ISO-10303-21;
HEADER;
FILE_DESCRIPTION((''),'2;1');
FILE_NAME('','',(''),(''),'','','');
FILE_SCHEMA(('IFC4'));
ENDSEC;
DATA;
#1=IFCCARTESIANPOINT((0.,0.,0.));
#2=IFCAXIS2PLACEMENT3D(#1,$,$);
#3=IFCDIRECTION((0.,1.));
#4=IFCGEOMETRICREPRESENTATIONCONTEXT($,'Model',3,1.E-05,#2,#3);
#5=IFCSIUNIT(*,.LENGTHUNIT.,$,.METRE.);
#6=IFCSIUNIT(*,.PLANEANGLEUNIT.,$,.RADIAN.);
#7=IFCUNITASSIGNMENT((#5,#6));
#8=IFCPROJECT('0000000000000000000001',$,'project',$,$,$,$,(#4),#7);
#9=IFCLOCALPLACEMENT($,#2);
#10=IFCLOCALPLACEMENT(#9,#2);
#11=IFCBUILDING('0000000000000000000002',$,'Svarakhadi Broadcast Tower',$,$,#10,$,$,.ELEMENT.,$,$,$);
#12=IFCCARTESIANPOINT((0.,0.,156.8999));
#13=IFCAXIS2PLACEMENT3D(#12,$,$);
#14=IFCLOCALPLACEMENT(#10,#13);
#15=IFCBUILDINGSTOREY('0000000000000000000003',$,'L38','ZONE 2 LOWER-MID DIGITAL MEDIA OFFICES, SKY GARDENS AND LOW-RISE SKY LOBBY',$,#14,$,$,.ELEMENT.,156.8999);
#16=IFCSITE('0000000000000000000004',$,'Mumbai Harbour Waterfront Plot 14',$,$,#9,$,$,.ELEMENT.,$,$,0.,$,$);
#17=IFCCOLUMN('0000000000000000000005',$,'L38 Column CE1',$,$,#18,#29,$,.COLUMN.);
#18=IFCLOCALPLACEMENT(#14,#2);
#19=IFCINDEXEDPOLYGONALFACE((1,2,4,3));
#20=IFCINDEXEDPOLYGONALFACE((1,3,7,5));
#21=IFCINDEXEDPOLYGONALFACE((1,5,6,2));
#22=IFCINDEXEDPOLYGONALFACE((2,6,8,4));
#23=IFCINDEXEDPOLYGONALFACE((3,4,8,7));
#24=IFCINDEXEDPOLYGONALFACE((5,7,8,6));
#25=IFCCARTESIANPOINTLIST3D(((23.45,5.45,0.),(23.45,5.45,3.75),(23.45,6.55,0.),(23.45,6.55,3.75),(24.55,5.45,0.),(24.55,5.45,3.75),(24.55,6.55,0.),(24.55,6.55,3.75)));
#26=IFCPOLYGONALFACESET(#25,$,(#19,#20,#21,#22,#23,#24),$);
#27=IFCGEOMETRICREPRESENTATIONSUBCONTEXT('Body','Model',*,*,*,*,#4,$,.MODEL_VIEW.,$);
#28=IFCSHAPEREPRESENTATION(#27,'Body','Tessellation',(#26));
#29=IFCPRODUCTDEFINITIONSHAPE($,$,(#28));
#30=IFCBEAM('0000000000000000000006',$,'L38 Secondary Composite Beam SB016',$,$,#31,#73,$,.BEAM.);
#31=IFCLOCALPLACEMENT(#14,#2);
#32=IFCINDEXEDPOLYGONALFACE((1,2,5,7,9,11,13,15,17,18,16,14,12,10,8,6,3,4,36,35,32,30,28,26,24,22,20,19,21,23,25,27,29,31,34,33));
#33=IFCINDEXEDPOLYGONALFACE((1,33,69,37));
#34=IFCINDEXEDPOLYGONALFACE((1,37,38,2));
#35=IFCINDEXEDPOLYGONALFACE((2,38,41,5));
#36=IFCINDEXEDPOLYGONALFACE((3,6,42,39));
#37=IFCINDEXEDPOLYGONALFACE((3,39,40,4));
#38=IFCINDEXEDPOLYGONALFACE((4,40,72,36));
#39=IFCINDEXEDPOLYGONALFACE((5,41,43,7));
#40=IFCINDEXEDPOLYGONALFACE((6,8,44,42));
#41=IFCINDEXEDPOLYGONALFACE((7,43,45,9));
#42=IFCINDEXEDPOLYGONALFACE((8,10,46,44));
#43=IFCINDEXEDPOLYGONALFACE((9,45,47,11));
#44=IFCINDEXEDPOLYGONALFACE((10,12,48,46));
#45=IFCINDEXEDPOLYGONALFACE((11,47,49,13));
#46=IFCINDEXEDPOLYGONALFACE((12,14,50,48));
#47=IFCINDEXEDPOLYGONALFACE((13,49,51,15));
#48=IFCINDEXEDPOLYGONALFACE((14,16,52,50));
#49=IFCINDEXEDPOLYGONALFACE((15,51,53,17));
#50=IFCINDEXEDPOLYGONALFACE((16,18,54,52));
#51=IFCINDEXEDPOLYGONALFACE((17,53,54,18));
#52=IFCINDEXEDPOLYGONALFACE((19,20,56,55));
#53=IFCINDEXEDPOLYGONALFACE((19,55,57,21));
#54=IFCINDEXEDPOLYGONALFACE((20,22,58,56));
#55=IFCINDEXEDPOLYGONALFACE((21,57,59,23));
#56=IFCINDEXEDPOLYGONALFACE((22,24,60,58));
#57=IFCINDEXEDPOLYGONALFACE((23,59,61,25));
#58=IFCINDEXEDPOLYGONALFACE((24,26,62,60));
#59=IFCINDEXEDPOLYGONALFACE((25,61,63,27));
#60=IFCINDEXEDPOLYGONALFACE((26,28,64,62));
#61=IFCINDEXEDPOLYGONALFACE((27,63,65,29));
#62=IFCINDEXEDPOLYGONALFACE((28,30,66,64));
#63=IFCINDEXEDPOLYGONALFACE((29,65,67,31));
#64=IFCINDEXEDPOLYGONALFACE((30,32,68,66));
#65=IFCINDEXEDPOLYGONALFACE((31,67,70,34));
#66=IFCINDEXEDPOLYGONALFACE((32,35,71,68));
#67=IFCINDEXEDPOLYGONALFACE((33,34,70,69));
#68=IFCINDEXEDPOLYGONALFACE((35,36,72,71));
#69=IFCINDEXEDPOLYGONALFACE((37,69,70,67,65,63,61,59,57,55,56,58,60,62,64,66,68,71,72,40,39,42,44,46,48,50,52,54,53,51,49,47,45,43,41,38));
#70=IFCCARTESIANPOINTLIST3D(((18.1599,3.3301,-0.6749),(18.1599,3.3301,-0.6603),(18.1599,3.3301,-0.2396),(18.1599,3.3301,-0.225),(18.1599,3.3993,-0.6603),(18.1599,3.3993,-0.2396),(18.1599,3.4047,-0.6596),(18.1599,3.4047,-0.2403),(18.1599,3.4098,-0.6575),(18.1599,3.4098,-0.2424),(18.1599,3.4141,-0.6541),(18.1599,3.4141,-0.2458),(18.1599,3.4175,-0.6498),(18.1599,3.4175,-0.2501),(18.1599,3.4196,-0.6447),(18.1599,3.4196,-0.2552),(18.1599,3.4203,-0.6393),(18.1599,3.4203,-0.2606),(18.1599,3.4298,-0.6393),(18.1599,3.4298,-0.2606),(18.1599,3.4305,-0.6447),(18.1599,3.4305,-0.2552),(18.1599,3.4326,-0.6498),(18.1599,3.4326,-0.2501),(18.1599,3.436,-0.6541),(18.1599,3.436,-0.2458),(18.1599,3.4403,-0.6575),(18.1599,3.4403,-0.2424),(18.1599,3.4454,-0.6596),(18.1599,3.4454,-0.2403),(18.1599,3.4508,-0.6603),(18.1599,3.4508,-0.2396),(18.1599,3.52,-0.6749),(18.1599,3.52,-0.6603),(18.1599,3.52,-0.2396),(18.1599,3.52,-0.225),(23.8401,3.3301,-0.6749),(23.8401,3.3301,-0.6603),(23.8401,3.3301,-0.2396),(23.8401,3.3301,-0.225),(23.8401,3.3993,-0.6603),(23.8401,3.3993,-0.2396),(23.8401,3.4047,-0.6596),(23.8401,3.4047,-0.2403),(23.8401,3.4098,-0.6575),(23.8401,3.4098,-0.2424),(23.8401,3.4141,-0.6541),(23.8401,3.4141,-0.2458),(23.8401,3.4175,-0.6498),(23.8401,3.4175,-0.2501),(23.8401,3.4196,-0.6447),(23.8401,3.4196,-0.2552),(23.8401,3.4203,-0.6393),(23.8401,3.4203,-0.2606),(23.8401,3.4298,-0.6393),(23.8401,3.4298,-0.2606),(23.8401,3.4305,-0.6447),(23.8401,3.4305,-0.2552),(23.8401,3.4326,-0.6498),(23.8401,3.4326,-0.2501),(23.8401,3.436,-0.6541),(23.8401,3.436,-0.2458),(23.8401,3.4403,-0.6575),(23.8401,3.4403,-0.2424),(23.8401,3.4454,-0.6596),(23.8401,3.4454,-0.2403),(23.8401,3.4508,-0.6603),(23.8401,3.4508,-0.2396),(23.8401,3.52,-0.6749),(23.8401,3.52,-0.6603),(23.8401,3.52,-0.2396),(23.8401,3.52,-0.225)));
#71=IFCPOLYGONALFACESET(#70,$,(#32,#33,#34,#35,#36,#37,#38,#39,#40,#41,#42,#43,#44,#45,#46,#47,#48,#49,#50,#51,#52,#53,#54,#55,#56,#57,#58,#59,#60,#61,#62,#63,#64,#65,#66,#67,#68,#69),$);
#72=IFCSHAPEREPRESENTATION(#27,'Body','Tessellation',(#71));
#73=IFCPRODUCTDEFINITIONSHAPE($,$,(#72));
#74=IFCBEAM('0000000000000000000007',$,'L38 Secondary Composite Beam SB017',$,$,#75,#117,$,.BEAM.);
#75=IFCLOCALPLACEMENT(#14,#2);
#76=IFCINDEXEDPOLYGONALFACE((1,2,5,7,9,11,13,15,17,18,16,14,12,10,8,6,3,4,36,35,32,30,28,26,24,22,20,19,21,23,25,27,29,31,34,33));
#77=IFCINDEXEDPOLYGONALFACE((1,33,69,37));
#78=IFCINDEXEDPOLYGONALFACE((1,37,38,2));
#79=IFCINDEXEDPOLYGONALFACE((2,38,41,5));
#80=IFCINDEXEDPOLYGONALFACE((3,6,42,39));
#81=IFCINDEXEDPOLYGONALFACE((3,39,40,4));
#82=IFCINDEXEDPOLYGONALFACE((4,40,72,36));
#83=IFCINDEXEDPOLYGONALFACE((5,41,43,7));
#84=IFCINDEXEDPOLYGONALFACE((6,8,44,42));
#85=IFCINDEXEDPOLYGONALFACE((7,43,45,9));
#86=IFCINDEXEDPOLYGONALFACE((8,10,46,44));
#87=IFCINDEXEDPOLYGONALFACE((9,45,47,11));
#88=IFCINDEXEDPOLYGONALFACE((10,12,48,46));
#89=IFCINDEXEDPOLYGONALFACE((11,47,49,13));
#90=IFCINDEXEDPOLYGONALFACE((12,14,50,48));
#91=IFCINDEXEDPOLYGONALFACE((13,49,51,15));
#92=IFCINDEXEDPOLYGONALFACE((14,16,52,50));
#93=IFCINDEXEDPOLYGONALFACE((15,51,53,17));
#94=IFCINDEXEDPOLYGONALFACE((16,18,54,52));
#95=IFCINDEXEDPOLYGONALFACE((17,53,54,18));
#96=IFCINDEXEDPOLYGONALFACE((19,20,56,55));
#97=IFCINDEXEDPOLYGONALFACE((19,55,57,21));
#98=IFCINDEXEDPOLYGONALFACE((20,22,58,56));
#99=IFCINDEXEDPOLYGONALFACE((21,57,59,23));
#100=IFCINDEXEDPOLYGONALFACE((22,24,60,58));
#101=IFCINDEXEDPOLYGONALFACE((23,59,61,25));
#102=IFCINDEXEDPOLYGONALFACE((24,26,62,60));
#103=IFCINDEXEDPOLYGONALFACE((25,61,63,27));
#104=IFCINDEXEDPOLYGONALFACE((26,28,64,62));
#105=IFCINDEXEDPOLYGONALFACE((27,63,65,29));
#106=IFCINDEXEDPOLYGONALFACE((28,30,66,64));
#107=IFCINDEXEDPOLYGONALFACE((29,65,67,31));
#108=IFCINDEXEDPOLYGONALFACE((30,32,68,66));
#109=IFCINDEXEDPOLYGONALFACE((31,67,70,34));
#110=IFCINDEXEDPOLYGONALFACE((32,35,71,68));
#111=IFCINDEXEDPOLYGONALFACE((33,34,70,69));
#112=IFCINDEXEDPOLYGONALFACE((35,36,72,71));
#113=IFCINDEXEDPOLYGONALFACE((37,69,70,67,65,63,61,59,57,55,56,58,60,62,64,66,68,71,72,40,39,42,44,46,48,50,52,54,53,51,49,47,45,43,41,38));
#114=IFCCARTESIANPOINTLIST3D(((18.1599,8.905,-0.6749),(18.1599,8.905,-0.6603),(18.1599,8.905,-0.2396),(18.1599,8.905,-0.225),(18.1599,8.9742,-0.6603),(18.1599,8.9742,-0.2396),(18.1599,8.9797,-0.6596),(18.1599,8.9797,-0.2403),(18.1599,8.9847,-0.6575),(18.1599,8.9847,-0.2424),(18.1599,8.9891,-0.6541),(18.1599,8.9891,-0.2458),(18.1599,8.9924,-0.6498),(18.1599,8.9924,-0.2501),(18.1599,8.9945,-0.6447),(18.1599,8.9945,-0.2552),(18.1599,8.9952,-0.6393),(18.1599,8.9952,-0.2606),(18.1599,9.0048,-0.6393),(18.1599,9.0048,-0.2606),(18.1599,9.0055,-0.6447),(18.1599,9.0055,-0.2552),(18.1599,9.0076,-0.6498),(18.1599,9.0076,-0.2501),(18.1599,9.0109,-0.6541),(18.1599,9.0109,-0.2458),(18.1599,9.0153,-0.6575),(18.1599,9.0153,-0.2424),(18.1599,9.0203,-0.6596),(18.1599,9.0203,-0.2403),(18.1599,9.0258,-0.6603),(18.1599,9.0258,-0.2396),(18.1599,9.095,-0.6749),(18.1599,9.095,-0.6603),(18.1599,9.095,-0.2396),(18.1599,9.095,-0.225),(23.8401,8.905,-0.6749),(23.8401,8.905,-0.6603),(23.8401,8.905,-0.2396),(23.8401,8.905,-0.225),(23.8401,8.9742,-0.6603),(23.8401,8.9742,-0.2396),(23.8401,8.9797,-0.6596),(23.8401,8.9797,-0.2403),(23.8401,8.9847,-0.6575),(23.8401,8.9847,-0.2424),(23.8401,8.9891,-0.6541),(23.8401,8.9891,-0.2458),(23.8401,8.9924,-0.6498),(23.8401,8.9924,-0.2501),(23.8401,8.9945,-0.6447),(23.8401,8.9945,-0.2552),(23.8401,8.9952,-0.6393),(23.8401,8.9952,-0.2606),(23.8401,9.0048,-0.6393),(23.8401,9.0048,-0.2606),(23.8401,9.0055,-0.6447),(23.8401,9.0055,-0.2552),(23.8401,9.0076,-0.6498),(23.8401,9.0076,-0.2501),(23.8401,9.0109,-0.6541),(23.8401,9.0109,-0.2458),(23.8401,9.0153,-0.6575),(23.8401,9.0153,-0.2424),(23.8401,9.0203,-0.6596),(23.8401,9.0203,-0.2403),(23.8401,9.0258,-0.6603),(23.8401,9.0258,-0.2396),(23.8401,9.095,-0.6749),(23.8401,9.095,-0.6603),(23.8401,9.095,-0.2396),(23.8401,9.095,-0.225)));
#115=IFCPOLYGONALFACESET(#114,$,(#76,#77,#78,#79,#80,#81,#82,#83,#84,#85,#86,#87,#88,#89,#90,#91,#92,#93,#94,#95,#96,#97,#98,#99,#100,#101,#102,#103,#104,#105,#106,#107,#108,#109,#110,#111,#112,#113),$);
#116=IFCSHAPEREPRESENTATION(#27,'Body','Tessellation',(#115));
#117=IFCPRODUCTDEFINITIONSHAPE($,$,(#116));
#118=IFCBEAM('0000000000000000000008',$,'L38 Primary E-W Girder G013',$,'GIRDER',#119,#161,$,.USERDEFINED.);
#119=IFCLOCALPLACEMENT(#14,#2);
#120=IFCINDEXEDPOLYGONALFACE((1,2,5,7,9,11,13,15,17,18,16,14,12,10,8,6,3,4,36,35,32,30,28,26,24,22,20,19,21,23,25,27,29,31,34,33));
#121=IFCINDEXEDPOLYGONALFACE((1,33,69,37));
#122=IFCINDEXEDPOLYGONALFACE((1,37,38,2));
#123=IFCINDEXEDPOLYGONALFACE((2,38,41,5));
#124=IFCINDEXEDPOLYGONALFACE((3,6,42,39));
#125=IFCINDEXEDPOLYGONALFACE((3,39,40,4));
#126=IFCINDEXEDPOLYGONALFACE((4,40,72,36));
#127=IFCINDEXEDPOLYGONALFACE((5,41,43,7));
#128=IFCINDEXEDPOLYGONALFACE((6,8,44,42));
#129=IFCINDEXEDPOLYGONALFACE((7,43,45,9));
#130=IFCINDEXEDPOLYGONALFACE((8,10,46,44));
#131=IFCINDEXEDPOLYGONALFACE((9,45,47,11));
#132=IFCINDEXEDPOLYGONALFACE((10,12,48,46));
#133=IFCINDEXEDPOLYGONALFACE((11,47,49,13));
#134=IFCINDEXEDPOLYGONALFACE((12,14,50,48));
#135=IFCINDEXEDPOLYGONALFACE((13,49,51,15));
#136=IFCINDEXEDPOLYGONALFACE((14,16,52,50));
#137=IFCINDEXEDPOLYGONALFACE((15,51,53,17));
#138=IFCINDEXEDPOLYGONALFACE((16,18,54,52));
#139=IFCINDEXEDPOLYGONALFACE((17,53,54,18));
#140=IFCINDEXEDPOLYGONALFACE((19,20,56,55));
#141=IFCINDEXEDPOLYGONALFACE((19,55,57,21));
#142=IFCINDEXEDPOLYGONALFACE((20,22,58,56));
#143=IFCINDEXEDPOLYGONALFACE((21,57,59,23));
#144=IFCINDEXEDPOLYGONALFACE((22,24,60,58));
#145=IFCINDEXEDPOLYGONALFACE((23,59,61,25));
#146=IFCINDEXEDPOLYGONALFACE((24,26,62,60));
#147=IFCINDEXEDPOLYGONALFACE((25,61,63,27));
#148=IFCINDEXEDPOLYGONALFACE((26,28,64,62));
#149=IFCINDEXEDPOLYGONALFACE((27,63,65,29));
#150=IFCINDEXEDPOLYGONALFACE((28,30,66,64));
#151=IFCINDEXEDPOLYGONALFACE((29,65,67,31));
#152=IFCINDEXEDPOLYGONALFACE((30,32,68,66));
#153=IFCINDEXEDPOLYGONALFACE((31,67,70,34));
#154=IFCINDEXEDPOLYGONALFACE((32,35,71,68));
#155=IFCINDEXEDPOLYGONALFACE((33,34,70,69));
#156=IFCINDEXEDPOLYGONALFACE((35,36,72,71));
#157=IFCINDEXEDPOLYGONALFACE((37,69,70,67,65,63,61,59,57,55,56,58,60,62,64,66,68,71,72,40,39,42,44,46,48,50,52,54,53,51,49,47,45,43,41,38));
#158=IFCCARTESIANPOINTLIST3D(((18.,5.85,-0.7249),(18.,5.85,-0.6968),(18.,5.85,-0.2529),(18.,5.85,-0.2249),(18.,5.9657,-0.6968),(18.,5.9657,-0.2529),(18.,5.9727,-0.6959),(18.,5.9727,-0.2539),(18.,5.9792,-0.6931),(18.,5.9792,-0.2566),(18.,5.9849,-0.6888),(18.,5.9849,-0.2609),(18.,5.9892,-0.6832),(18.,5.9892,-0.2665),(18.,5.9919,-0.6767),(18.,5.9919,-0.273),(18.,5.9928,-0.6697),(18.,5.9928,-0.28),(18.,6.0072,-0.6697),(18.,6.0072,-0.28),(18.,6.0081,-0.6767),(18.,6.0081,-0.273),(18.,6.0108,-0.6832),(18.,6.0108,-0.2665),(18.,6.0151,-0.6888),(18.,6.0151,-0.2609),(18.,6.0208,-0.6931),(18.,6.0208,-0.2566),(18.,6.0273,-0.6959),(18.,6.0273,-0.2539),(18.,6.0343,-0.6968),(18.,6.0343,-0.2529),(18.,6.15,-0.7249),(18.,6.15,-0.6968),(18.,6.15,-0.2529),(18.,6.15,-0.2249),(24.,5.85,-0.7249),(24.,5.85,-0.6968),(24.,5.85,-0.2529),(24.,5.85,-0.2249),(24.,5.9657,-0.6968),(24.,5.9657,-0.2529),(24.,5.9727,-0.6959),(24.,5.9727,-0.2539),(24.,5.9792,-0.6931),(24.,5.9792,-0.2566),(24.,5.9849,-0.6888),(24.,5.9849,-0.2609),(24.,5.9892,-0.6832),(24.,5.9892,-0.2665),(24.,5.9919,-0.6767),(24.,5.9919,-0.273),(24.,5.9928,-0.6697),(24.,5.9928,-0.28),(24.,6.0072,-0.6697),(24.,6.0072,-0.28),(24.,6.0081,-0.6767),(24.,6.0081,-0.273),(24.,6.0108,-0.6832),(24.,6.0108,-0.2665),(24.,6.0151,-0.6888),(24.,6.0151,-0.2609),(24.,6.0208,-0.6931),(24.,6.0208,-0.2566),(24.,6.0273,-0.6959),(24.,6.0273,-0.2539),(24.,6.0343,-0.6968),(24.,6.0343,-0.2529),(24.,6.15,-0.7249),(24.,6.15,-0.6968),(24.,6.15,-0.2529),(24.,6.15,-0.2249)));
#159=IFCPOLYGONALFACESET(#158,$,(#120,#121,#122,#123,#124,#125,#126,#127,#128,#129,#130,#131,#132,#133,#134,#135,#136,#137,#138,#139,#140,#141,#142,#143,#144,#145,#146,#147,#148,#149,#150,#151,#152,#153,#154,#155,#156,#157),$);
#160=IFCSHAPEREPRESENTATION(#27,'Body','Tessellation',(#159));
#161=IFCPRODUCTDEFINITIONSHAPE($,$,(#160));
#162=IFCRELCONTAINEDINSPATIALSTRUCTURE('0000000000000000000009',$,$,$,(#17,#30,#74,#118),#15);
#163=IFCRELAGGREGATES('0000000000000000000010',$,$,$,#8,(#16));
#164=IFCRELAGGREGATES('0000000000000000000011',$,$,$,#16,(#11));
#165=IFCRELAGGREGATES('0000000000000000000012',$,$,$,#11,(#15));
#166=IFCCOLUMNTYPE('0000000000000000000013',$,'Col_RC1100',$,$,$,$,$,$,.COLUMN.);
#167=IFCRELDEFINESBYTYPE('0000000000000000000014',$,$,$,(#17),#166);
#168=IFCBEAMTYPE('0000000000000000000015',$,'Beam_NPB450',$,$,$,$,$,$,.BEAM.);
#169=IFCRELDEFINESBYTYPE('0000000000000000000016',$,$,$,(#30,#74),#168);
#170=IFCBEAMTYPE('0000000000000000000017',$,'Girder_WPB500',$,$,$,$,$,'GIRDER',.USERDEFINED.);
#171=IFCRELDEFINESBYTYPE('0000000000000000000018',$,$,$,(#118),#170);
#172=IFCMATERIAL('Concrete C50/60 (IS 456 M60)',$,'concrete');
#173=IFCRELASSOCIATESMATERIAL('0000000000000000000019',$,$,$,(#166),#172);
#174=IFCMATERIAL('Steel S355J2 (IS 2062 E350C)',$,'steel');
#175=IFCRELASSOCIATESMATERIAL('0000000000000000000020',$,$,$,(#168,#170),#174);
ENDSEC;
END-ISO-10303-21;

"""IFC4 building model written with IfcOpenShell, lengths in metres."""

from ifc_helpers import new_model, si_unit, direction, frame, origin, origin_2d, place, context, subcontext, project, spatial, rectangle, i_section, extrude, material, material_profile, profile_set, type_object, element, save


model = new_model("IFC4")

# Units and contexts
model_context = context("Model", 3, precision=1e-05, world=origin(), true_north=direction((0.0, 1.0)))
body_context = subcontext(model_context, "Body", "Model", "MODEL_VIEW")
ifc_project = project(units=[si_unit("LENGTHUNIT", "METRE"), si_unit("PLANEANGLEUNIT", "RADIAN")], contexts=[model_context])

# Site, building, storey
site_placement = place(None, origin())
site = spatial("IfcSite", under=ifc_project, at=site_placement, Name="Mumbai Harbour Waterfront Plot 14", CompositionType="ELEMENT", RefElevation=0.0)
building_placement = place(site_placement, origin())
building = spatial("IfcBuilding", under=site, at=building_placement, Name="Svarakhadi Broadcast Tower", CompositionType="ELEMENT")
storey_placement = place(building_placement, frame((0.0, 0.0, 156.8999)))
storey = spatial("IfcBuildingStorey", under=building, at=storey_placement, Name="L38", Description="ZONE 2 LOWER-MID DIGITAL MEDIA OFFICES, SKY GARDENS AND LOW-RISE SKY LOBBY", CompositionType="ELEMENT", Elevation=156.8999)

# Column
ifc_material_1 = material(Name="Concrete C50/60 (IS 456 M60)", Category="concrete")
ifc_material_profile_1 = material_profile(ifc_material_1, rectangle(XDim=1.1001, YDim=1.1001, at=origin_2d()), Name="RC 1100x1100")
ifc_profile_set_1 = profile_set([ifc_material_profile_1], Name="Concrete C50/60 (IS 456 M60)")
column_type = type_object("IfcColumnType", Name="Col_RC1100", PredefinedType="COLUMN", material=ifc_profile_set_1)
column_placement = place(storey_placement, frame((24.0, 6.0, 0.0), z_axis=(0.0, 0.0, 1.0), x_axis=(1.0, 0.0, 0.0)))
element("IfcColumn", 1, at=column_placement, inside=storey, type_object=column_type, Name="L38 Column CE1", PredefinedType="COLUMN", context=body_context, shape_type="SweptSolid", body=[
    extrude(rectangle(XDim=1.1001, YDim=1.1001, at=origin_2d()), origin(), (0.0, 0.0, 1.0), 3.75),
])

# Beams
ifc_material_2 = material(Name="Steel S355J2 (IS 2062 E350C)", Category="steel")
ifc_material_profile_2 = material_profile(ifc_material_2, i_section(OverallWidth=0.1899, OverallDepth=0.45, WebThickness=0.0095, FlangeThickness=0.0146, FilletRadius=0.021, at=origin_2d()), Name="NPB 450x190x78")
ifc_profile_set_2 = profile_set([ifc_material_profile_2], Name="Steel S355J2 (IS 2062 E350C)")
beam_type_1 = type_object("IfcBeamType", Name="Beam_NPB450", PredefinedType="BEAM", material=ifc_profile_set_2)
for number, where, z_axis, x_axis, name in (
    (2, (18.1599, 3.425, -0.45), (1.0, 0.0, 0.0), (0.0, 1.0, 0.0), "L38 Secondary Composite Beam SB016"),
    (3, (18.1599, 9.0, -0.45), (1.0, 0.0, 0.0), (0.0, 1.0, 0.0), "L38 Secondary Composite Beam SB017"),
):
    element("IfcBeam", number, at=place(storey_placement, frame(where, z_axis=z_axis, x_axis=x_axis)), inside=storey, type_object=beam_type_1, Name=name, PredefinedType="BEAM", context=body_context, shape_type="SweptSolid", body=[
        extrude(i_section(OverallWidth=0.1899, OverallDepth=0.45, WebThickness=0.0095, FlangeThickness=0.0146, FilletRadius=0.021, at=origin_2d()), origin(), (0.0, 0.0, 1.0), 5.6802),
    ])
ifc_material_profile_3 = material_profile(ifc_material_2, i_section(OverallWidth=0.3, OverallDepth=0.5, WebThickness=0.0144, FlangeThickness=0.0281, FilletRadius=0.0271, at=origin_2d()), Name="WPB 500x300x187")
ifc_profile_set_3 = profile_set([ifc_material_profile_3], Name="Steel S355J2 (IS 2062 E350C)")
beam_type_2 = type_object("IfcBeamType", Name="Girder_WPB500", ElementType="GIRDER", PredefinedType="USERDEFINED", material=ifc_profile_set_3)
for number, where, z_axis, x_axis, name in (
    (4, (18.0, 6.0, -0.4749), (1.0, 0.0, 0.0), (0.0, 1.0, 0.0), "L38 Primary E-W Girder G013"),
):
    element("IfcBeam", number, at=place(storey_placement, frame(where, z_axis=z_axis, x_axis=x_axis)), inside=storey, type_object=beam_type_2, Name=name, ObjectType="GIRDER", PredefinedType="USERDEFINED", context=body_context, shape_type="SweptSolid", body=[
        extrude(i_section(OverallWidth=0.3, OverallDepth=0.5, WebThickness=0.0144, FlangeThickness=0.0281, FilletRadius=0.0271, at=origin_2d()), origin(), (0.0, 0.0, 1.0), 6.0),
    ])

save(model, "model.ifc")
